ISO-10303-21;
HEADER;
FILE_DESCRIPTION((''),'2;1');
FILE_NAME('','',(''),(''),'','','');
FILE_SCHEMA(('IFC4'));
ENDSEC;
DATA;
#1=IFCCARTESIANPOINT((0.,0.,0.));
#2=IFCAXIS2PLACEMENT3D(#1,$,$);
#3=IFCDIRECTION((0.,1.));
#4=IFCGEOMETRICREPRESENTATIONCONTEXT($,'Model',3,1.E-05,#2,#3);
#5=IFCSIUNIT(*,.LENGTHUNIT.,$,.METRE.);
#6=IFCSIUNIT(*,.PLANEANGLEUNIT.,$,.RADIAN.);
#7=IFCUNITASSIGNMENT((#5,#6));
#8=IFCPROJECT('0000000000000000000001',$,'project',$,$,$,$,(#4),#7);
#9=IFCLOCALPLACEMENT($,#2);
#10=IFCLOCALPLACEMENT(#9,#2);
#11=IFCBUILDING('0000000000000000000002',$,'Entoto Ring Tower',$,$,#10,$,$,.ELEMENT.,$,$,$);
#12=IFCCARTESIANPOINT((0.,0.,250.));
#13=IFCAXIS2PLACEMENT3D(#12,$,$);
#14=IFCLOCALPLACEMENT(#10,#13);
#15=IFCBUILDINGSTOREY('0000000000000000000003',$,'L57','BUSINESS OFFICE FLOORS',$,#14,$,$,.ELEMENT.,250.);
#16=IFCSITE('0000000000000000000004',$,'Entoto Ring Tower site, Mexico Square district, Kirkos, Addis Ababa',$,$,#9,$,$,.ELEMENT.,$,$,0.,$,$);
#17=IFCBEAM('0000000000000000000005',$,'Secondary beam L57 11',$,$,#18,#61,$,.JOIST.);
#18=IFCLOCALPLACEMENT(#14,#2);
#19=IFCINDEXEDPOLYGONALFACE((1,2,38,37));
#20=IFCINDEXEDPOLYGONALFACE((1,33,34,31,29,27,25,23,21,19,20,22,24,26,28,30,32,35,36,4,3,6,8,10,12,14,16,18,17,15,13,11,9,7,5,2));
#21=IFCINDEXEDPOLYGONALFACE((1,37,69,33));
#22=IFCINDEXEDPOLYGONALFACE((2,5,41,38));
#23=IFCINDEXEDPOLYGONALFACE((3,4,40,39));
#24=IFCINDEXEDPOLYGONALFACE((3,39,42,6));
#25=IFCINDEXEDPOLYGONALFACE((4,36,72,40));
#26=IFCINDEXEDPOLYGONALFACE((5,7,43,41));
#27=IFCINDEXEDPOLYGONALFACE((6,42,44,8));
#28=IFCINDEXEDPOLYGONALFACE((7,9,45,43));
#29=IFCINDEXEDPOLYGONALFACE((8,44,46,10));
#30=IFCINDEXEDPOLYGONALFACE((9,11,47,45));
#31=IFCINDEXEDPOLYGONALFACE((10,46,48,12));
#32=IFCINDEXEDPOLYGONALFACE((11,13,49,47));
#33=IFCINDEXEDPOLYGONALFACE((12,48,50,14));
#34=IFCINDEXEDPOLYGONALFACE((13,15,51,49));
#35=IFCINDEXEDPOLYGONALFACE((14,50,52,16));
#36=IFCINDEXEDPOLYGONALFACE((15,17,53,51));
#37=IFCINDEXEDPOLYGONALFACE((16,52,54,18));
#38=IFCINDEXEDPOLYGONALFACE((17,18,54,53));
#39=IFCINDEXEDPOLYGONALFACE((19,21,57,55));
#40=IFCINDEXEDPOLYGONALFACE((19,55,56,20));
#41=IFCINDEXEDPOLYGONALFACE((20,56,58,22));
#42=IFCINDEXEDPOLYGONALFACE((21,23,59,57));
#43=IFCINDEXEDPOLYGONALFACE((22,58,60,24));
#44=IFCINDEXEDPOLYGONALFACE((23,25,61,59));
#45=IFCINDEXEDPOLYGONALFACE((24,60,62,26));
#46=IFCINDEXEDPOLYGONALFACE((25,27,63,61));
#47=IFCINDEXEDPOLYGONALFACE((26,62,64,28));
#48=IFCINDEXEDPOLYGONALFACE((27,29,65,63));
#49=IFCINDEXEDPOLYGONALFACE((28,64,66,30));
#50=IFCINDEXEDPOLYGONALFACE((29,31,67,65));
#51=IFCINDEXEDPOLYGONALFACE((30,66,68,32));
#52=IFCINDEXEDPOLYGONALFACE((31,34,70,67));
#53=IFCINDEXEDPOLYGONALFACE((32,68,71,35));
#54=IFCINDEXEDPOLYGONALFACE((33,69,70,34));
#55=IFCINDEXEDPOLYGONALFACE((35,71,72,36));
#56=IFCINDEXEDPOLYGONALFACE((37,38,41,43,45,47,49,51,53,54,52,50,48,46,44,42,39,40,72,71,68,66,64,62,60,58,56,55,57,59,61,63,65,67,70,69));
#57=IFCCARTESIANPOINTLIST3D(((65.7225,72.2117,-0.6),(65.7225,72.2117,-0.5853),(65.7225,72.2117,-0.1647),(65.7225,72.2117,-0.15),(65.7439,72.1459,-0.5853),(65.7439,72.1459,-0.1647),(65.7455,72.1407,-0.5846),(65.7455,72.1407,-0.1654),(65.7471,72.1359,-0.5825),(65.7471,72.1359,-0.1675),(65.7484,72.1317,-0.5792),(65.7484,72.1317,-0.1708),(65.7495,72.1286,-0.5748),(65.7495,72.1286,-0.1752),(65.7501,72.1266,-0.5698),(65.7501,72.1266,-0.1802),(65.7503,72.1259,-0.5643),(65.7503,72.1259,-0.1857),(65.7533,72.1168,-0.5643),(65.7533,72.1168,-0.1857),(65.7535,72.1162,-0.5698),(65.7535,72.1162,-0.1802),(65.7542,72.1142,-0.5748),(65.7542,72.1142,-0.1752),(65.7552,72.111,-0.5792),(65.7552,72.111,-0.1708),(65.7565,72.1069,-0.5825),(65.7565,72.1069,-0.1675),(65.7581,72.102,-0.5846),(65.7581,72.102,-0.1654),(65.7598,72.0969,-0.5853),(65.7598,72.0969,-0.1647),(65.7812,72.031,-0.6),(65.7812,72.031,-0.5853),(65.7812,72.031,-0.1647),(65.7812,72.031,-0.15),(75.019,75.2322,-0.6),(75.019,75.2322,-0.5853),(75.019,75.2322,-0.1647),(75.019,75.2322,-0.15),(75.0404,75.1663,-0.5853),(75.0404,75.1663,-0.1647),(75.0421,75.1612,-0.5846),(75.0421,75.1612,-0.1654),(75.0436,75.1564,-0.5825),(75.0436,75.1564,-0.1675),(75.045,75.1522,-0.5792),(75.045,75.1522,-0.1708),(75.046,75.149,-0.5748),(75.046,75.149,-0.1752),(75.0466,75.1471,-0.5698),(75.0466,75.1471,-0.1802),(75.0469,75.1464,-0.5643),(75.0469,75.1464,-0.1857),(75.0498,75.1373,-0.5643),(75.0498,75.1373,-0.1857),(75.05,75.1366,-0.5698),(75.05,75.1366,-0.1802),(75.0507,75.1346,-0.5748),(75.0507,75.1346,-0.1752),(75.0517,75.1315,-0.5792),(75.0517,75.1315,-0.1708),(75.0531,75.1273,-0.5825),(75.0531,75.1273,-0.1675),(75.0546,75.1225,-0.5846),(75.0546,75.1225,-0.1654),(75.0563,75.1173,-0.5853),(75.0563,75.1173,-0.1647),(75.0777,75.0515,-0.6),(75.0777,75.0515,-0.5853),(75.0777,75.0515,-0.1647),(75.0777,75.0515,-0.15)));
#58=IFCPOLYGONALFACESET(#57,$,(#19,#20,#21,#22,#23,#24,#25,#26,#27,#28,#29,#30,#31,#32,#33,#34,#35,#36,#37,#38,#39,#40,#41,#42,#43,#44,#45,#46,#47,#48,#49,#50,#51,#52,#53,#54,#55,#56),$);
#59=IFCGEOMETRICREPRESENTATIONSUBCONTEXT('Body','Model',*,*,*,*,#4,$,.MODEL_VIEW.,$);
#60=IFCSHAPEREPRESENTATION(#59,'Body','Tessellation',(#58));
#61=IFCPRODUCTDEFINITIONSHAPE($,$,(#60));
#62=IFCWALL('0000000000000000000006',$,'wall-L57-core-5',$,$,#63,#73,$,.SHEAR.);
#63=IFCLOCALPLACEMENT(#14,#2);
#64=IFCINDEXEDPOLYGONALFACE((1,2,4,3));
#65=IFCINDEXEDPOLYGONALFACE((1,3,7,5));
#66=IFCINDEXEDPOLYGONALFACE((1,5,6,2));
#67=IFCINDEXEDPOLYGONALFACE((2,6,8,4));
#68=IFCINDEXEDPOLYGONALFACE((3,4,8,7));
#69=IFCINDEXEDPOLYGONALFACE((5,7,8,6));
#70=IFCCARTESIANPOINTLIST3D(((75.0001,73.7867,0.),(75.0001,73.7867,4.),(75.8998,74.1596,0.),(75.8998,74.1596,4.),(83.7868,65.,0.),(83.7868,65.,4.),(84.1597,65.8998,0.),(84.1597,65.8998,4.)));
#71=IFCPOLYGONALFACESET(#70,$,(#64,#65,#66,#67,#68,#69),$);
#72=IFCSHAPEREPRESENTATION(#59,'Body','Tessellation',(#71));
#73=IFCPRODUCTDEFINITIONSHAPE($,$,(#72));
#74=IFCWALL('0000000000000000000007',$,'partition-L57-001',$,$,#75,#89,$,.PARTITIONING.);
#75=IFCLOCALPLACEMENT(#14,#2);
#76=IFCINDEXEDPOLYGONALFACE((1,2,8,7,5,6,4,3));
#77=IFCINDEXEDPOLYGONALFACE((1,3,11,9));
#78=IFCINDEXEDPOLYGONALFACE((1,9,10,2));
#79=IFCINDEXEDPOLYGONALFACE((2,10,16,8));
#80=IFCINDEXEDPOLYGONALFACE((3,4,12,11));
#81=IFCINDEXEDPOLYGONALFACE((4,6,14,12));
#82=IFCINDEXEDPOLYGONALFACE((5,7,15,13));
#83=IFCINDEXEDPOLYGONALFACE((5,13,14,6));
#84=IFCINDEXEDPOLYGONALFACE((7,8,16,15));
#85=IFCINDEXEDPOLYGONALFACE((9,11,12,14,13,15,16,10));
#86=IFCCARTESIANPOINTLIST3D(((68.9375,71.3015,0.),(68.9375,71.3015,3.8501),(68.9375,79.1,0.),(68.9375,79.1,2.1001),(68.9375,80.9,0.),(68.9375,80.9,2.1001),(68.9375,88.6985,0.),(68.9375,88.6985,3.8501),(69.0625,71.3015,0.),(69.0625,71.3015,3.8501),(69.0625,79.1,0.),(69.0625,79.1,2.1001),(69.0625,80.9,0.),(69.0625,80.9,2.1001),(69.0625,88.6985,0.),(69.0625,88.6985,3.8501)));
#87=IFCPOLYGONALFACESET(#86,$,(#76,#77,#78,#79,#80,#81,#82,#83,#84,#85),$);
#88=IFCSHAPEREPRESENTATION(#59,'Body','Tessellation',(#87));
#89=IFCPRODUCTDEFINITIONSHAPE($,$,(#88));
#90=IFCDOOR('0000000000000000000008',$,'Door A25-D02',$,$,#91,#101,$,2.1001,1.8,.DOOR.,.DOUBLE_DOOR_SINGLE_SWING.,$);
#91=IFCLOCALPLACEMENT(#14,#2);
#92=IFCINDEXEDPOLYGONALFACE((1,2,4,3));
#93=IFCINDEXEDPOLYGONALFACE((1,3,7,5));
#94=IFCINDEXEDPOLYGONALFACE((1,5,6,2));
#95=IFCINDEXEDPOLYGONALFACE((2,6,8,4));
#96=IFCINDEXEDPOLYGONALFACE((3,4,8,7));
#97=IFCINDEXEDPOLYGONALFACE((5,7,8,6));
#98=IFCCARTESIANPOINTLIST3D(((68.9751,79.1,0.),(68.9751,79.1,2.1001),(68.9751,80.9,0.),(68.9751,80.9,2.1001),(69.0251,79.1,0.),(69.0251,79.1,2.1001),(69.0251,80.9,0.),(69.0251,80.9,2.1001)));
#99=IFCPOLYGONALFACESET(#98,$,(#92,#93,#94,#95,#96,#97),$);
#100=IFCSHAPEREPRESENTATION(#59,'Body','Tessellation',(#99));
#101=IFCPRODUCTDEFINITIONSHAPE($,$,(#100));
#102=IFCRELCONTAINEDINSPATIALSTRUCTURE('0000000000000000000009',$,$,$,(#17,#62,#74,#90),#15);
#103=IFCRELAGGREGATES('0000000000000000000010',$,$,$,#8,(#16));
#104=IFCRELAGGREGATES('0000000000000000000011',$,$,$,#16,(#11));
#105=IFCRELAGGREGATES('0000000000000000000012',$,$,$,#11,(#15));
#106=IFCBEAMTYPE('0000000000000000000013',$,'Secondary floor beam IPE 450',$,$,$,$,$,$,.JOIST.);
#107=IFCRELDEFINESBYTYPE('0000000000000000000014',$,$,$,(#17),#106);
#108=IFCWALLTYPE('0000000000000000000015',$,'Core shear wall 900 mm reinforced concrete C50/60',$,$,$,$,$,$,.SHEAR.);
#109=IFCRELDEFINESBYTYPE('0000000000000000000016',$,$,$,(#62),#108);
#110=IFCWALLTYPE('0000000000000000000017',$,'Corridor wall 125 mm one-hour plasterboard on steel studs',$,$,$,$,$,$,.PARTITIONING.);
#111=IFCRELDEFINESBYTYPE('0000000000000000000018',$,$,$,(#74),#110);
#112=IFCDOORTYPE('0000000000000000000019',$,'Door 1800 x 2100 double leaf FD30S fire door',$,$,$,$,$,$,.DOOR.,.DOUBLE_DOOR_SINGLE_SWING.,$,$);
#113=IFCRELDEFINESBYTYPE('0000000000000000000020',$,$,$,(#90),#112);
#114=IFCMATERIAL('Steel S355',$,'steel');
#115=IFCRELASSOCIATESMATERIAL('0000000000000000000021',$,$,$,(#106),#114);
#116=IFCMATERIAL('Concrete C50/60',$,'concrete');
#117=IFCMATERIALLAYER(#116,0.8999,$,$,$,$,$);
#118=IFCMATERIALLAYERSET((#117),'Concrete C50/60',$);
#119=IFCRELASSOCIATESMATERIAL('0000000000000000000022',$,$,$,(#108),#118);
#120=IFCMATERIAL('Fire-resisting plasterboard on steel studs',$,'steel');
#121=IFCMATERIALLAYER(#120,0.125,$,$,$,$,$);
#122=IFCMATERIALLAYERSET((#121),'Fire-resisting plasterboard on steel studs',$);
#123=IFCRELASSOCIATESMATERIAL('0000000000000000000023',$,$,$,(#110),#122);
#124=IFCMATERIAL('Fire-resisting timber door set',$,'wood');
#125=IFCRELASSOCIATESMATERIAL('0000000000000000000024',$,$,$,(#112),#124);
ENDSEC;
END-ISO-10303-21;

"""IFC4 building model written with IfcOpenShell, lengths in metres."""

from ifc_helpers import new_model, si_unit, direction, frame, frame_2d, origin, origin_2d, place, context, subcontext, project, spatial, polyline, rectangle, i_section, outline, extrude, material, layer, layer_set, material_profile, profile_set, type_object, element, fill, save


model = new_model("IFC4")

# Units and contexts
model_context = context("Model", 3, precision=1e-05, world=origin(), true_north=direction((0.0, 1.0)))
body_context = subcontext(model_context, "Body", "Model", "MODEL_VIEW")
ifc_project = project(units=[si_unit("LENGTHUNIT", "METRE"), si_unit("PLANEANGLEUNIT", "RADIAN")], contexts=[model_context])

# Site, building, storey
site_placement = place(None, origin())
site = spatial("IfcSite", under=ifc_project, at=site_placement, Name="Entoto Ring Tower site, Mexico Square district, Kirkos, Addis Ababa", CompositionType="ELEMENT", RefElevation=0.0)
building_placement = place(site_placement, origin())
building = spatial("IfcBuilding", under=site, at=building_placement, Name="Entoto Ring Tower", CompositionType="ELEMENT")
storey_placement = place(building_placement, frame((0.0, 0.0, 250.0)))
storey = spatial("IfcBuildingStorey", under=building, at=storey_placement, Name="L57", Description="BUSINESS OFFICE FLOORS", CompositionType="ELEMENT", Elevation=250.0)

# Beam
ifc_material_1 = material(Name="Steel S355", Category="steel")
ifc_material_profile_1 = material_profile(ifc_material_1, i_section(OverallWidth=0.1899, OverallDepth=0.45, WebThickness=0.0095, FlangeThickness=0.0146, FilletRadius=0.021, at=origin_2d()), Name="IPE 450")
ifc_profile_set_1 = profile_set([ifc_material_profile_1], Name="Steel S355")
beam_type_1 = type_object("IfcBeamType", Name="Secondary floor beam IPE 450", PredefinedType="JOIST", material=ifc_profile_set_1)
beam_1_placement = place(storey_placement, frame((75.0483, 75.1418, -0.375), z_axis=(-0.951061, -0.309003, 0.0), x_axis=(0.309003, -0.951061, 0.0)))
element("IfcBeam", 1, at=beam_1_placement, inside=storey, type_object=beam_type_1, Name="Secondary beam L57 11", PredefinedType="JOIST", context=body_context, shape_type="SweptSolid", body=[
    extrude(i_section(OverallWidth=0.1899, OverallDepth=0.45, WebThickness=0.0095, FlangeThickness=0.0146, FilletRadius=0.021, at=origin_2d()), origin(), (0.0, 0.0, 1.0), 9.7749),
])

# Wall
ifc_material_2 = material(Name="Concrete C50/60", Category="concrete")
ifc_layer_1 = layer(ifc_material_2, 0.8999)
ifc_layer_set_1 = layer_set([ifc_layer_1], Name="Concrete C50/60")
wall_type_1 = type_object("IfcWallType", Name="Core shear wall 900 mm reinforced concrete C50/60", PredefinedType="SHEAR", material=ifc_layer_set_1)
wall_1_placement = place(storey_placement, frame((75.45, 73.9731, 0.0), z_axis=(0.0, 0.0, 1.0), x_axis=(0.707107, -0.707107, 0.0)))
element("IfcWall", 2, at=wall_1_placement, inside=storey, type_object=wall_type_1, Name="wall-L57-core-5", PredefinedType="SHEAR", context=body_context, shape_type="SweptSolid", body=[
    extrude(outline(polyline([(-0.1863, -0.45), (12.24, -0.45), (11.8674, 0.45), (0.1863, 0.45), (-0.1863, -0.45)])), origin(), (0.0, 0.0, 1.0), 4.0),
])

# Wall, opening, door
ifc_material_3 = material(Name="Fire-resisting plasterboard on steel studs", Category="steel")
ifc_layer_2 = layer(ifc_material_3, 0.125)
ifc_layer_set_2 = layer_set([ifc_layer_2], Name="Fire-resisting plasterboard on steel studs")
wall_type_2 = type_object("IfcWallType", Name="Corridor wall 125 mm one-hour plasterboard on steel studs", PredefinedType="PARTITIONING", material=ifc_layer_set_2)
wall_2_placement = place(storey_placement, frame((69.0, 71.3015, 0.0), z_axis=(0.0, 0.0, 1.0), x_axis=(0.0, 1.0, 0.0)))
wall_2 = element("IfcWall", 3, at=wall_2_placement, inside=storey, type_object=wall_type_2, Name="partition-L57-001", PredefinedType="PARTITIONING", context=body_context, shape_type="SweptSolid", body=[
    extrude(rectangle(XDim=17.397, YDim=0.125, at=frame_2d((8.6985, 0.0))), origin(), (0.0, 0.0, 1.0), 3.8501),
])
opening_placement = place(wall_2_placement, frame((7.7986, 0.0, 0.0)))
opening = element("IfcOpeningElement", 4, at=opening_placement, cuts=wall_2, PredefinedType="OPENING", context=body_context, shape_type="SweptSolid", body=[
    extrude(rectangle(XDim=1.8, YDim=2.1001, at=frame_2d((0.8999, 1.05))), frame((0.0, 0.0725, 0.0), z_axis=(0.0, -1.0, 0.0), x_axis=(1.0, 0.0, 0.0)), (0.0, 0.0, 1.0), 0.145),
])
ifc_material_4 = material(Name="Fire-resisting timber door set", Category="wood")
door_type = type_object("IfcDoorType", Name="Door 1800 x 2100 double leaf FD30S fire door", OperationType="DOUBLE_DOOR_SINGLE_SWING", PredefinedType="DOOR", material=ifc_material_4)
door_placement = place(opening_placement, origin())
door = element("IfcDoor", 5, at=door_placement, inside=storey, type_object=door_type, Name="Door A25-D02", OperationType="DOUBLE_DOOR_SINGLE_SWING", OverallHeight=2.1001, OverallWidth=1.8, PredefinedType="DOOR", context=body_context, shape_type="SweptSolid", body=[
    extrude(rectangle(XDim=1.8, YDim=2.1001, at=frame_2d((0.8999, 1.05))), frame((0.0, 0.0249, 0.0), z_axis=(0.0, -1.0, 0.0), x_axis=(1.0, 0.0, 0.0)), (0.0, 0.0, 1.0), 0.05),
])
fill(opening, door)

save(model, "model.ifc")
